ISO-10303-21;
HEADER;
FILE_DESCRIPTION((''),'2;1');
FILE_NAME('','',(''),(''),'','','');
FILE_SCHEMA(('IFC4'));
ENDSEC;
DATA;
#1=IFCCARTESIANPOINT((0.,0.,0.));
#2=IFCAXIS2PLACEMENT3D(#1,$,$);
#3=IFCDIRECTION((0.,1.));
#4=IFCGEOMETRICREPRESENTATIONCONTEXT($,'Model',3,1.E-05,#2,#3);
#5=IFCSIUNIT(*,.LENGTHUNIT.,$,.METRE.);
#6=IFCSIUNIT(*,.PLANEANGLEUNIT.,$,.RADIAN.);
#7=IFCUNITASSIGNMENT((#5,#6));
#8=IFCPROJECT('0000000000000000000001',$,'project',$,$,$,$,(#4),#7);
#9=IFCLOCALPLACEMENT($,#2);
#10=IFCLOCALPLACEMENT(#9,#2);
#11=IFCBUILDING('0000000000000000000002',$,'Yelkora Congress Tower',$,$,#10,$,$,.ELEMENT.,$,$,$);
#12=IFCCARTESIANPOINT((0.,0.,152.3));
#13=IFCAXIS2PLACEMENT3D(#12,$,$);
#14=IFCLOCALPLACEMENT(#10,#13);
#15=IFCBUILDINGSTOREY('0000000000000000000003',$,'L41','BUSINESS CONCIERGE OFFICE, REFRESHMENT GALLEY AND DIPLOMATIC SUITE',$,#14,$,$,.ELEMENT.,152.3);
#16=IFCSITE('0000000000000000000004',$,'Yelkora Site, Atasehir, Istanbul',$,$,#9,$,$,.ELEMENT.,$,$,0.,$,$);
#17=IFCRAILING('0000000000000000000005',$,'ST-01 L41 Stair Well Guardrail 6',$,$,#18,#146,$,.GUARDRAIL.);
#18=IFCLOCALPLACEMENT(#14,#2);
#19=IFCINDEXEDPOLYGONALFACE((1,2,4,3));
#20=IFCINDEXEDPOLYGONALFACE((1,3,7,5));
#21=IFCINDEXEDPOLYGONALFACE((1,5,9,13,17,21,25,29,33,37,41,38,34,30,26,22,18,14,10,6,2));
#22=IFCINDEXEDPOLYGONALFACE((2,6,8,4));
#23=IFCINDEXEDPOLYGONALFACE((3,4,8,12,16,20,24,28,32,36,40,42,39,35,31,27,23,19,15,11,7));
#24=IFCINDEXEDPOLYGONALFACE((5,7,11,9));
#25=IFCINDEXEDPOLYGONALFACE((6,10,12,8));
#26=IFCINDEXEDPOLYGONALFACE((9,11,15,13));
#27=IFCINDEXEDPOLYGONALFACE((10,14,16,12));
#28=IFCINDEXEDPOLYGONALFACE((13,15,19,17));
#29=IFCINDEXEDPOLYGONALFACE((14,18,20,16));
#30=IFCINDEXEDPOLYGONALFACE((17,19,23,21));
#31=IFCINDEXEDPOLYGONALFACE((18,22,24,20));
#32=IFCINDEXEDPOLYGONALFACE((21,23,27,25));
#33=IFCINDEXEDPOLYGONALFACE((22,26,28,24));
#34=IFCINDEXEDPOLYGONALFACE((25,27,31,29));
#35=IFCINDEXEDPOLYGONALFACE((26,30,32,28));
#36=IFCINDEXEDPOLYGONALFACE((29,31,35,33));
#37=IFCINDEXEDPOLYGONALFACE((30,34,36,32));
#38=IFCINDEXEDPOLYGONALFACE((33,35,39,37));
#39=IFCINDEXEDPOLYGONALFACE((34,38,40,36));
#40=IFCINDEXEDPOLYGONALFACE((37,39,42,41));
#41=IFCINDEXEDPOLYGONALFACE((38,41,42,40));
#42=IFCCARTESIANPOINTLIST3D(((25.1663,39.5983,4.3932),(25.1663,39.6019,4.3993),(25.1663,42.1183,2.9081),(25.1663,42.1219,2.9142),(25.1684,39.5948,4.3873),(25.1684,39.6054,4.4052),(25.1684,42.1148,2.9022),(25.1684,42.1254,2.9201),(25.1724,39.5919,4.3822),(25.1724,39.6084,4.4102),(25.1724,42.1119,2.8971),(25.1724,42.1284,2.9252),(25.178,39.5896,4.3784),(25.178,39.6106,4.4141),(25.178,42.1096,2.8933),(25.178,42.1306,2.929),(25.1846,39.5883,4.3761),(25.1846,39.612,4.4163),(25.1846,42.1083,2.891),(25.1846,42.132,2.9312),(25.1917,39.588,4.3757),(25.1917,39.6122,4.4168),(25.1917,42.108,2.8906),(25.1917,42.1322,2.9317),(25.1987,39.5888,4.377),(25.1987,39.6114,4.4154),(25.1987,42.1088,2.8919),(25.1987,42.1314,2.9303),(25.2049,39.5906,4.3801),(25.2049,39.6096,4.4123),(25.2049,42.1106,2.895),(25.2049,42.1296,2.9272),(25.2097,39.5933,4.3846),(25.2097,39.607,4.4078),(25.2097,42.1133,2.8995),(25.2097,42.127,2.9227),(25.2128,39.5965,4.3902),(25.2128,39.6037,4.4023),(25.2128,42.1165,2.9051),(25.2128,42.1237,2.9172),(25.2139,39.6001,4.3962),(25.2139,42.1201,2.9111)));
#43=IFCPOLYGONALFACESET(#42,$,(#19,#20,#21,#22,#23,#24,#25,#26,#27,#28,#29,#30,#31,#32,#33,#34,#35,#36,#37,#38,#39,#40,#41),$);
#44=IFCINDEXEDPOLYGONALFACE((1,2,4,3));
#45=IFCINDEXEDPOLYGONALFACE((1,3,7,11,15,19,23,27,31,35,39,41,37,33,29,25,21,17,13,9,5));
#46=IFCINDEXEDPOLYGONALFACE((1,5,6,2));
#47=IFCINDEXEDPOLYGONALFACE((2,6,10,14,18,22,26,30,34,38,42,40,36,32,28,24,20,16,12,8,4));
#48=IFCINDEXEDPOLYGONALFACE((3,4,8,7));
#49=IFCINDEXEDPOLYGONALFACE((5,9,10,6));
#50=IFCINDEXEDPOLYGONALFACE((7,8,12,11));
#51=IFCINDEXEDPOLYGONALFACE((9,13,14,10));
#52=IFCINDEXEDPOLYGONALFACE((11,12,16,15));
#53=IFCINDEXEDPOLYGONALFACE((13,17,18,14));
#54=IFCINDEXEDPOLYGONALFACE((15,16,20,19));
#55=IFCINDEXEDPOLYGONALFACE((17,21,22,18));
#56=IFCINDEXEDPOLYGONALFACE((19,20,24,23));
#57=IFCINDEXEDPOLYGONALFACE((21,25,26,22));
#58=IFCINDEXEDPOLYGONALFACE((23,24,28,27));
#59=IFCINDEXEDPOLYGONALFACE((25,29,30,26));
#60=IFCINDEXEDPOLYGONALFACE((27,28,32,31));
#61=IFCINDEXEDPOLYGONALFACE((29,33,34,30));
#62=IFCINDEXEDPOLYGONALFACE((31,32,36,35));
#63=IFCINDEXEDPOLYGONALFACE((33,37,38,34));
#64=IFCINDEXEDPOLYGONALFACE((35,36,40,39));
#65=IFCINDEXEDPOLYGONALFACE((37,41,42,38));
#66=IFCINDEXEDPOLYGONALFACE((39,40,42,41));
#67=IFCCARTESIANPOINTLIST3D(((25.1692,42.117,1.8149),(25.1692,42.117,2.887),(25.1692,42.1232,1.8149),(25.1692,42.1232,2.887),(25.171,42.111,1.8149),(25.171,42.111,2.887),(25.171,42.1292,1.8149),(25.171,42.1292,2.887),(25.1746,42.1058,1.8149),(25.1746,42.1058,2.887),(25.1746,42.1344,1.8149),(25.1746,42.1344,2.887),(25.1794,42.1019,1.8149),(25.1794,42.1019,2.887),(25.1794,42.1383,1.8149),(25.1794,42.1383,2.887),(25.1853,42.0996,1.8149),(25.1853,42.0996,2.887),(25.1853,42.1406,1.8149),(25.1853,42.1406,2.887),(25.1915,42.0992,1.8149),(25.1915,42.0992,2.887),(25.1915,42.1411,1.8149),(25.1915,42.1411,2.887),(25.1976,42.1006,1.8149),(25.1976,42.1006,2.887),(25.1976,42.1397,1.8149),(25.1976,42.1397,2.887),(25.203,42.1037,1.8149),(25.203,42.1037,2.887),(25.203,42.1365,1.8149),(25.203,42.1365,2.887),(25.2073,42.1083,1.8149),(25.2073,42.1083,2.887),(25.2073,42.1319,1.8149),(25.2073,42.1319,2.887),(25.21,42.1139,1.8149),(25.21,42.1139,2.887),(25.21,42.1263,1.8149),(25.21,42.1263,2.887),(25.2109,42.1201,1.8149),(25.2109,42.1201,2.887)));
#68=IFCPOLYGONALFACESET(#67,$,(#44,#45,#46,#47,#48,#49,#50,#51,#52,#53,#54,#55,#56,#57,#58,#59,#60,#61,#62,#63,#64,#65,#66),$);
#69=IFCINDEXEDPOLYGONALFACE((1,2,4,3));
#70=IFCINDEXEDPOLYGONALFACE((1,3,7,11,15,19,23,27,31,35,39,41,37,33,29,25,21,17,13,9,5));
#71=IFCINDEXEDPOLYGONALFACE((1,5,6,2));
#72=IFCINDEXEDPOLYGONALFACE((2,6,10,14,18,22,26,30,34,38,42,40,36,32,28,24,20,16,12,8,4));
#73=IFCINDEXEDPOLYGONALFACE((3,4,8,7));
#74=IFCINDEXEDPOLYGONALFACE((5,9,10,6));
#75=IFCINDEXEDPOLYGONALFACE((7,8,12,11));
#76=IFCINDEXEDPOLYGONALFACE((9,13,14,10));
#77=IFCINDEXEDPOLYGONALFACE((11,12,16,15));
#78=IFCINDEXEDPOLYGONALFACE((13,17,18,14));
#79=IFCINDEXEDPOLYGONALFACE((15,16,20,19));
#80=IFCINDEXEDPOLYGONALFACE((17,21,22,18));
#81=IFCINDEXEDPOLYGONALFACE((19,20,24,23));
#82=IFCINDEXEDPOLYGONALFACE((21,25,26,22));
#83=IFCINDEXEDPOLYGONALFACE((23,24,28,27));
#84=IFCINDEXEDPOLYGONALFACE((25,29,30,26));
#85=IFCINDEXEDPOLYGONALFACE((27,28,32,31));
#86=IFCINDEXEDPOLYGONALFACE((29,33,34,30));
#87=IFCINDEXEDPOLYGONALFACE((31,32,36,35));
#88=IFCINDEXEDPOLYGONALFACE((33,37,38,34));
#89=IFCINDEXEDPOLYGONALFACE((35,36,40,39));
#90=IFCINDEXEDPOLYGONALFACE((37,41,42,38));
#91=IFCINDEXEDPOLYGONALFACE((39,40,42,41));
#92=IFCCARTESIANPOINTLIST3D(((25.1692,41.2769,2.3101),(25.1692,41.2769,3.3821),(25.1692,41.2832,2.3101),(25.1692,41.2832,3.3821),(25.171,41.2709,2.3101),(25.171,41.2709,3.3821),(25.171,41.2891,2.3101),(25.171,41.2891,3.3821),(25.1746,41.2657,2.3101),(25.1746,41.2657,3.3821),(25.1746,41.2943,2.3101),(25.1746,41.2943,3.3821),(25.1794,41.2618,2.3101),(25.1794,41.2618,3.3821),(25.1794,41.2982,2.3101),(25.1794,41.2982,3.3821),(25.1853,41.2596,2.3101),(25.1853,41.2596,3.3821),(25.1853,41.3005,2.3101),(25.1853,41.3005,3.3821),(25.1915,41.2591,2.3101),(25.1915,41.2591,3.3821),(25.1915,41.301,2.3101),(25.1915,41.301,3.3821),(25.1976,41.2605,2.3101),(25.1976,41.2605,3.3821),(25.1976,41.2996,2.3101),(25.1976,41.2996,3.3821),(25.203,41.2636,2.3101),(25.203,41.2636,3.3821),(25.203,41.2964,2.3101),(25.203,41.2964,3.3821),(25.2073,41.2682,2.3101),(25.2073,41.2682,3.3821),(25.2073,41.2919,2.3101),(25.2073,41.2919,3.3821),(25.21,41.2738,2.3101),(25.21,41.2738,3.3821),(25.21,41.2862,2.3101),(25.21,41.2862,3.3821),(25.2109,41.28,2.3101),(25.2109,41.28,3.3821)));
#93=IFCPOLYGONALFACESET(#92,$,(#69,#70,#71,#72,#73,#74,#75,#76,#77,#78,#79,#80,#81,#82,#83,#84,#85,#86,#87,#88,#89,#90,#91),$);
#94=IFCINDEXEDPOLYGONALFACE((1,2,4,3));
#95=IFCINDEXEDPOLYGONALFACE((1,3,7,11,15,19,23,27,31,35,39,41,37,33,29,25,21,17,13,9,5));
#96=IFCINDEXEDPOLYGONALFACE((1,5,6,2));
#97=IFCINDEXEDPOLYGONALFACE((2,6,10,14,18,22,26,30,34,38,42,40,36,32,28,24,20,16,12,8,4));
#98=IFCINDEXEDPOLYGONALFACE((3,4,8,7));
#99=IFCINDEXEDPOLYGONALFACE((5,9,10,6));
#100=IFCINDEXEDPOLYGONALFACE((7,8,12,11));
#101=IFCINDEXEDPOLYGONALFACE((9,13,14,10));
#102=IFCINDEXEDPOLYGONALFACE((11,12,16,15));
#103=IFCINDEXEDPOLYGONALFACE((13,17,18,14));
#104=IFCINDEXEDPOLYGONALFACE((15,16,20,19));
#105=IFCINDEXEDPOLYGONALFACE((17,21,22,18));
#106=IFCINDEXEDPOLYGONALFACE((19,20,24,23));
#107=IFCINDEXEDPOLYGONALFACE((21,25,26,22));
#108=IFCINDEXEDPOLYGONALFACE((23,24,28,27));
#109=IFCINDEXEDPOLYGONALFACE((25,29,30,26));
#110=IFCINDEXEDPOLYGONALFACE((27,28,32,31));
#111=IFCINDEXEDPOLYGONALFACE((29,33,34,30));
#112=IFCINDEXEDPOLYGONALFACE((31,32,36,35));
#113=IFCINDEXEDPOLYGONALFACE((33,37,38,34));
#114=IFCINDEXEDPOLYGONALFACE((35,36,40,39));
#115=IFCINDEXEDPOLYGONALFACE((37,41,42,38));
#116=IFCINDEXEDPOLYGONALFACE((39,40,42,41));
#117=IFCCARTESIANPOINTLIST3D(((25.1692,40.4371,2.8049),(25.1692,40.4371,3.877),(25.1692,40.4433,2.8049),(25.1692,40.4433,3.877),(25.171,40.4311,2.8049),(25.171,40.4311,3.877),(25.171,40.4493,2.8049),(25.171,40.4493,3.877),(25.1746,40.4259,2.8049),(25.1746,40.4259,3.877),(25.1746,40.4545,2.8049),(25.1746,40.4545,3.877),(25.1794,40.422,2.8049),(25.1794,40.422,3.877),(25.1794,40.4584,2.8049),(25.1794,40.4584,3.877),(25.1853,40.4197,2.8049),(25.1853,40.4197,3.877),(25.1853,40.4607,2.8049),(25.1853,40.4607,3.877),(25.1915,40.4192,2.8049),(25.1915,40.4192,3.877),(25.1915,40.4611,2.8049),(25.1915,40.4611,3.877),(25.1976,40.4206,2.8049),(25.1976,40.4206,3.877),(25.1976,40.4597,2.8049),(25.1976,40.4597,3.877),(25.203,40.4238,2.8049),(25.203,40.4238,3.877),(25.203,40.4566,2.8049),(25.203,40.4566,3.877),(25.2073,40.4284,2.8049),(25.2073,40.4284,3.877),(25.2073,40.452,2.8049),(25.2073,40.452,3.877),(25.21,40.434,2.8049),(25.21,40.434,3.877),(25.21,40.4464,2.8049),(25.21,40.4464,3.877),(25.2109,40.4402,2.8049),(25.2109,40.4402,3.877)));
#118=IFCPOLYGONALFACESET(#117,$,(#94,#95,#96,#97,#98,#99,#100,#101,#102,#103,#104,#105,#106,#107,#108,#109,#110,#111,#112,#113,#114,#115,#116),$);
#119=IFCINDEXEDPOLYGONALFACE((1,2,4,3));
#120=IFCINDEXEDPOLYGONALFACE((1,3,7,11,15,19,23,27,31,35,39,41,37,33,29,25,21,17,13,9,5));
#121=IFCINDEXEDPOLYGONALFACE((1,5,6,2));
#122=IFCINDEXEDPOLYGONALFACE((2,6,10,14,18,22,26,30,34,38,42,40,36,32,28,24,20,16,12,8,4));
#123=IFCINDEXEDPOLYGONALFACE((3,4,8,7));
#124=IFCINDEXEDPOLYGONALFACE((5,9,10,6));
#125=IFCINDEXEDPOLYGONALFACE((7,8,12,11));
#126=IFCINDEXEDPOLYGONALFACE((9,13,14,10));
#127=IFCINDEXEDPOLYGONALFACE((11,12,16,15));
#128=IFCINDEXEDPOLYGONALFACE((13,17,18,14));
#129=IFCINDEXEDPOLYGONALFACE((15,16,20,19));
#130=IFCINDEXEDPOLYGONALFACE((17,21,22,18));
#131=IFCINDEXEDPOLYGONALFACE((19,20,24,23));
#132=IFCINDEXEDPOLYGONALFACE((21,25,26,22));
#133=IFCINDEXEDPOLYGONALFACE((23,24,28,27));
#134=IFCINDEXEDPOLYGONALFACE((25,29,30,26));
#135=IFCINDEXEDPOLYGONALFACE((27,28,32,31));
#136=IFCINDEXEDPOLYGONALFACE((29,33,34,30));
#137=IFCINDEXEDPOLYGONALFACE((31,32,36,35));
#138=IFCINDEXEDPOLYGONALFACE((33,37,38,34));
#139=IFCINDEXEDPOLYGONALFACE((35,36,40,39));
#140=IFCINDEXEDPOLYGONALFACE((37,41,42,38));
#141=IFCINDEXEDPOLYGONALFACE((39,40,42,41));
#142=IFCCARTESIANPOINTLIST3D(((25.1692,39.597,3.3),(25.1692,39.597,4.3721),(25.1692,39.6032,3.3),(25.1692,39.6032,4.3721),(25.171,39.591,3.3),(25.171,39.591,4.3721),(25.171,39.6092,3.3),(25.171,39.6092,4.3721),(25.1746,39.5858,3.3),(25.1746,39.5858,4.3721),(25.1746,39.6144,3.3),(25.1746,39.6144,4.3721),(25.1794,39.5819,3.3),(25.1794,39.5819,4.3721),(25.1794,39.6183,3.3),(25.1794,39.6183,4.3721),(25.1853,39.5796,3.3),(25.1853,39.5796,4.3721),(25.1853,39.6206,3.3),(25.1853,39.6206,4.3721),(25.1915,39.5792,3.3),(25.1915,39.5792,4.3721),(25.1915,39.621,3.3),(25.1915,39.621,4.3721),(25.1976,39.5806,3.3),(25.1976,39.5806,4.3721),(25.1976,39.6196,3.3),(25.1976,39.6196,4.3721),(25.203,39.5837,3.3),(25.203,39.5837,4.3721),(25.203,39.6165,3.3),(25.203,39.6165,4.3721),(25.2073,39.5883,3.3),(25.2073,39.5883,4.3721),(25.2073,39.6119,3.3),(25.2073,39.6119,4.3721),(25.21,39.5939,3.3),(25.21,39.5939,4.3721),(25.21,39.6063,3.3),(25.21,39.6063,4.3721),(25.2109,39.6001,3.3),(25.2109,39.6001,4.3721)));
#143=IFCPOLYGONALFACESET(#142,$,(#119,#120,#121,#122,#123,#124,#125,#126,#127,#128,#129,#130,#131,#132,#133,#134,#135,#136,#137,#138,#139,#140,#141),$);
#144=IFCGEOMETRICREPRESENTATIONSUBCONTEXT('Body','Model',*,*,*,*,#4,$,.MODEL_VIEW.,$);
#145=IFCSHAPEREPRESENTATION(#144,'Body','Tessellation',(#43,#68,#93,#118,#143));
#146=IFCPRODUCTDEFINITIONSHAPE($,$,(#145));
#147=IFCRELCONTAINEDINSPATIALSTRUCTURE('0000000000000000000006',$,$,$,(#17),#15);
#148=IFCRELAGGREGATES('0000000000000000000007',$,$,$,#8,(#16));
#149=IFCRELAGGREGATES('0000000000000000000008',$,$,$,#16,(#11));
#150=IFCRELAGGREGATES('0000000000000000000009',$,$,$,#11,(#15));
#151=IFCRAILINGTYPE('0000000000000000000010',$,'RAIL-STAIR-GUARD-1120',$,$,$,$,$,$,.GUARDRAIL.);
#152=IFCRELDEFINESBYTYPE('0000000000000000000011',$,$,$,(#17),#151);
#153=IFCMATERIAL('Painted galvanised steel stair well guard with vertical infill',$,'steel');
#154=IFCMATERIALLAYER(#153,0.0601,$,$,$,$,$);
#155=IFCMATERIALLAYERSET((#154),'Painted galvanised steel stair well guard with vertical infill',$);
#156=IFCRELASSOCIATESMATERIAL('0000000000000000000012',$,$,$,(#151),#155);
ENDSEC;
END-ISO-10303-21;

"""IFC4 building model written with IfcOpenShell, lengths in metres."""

from ifc_helpers import new_model, si_unit, direction, frame, origin, origin_2d, place, context, subcontext, project, spatial, circle, extrude, material, layer, layer_set, type_object, element, save


model = new_model("IFC4")

# Units and contexts
model_context = context("Model", 3, precision=1e-05, world=origin(), true_north=direction((0.0, 1.0)))
body_context = subcontext(model_context, "Body", "Model", "MODEL_VIEW")
ifc_project = project(units=[si_unit("LENGTHUNIT", "METRE"), si_unit("PLANEANGLEUNIT", "RADIAN")], contexts=[model_context])

# Site, building, storey
site_placement = place(None, origin())
site = spatial("IfcSite", under=ifc_project, at=site_placement, Name="Yelkora Site, Atasehir, Istanbul", CompositionType="ELEMENT", RefElevation=0.0)
building_placement = place(site_placement, origin())
building = spatial("IfcBuilding", under=site, at=building_placement, Name="Yelkora Congress Tower", CompositionType="ELEMENT")
storey_placement = place(building_placement, frame((0.0, 0.0, 152.3)))
storey = spatial("IfcBuildingStorey", under=building, at=storey_placement, Name="L41", Description="BUSINESS CONCIERGE OFFICE, REFRESHMENT GALLEY AND DIPLOMATIC SUITE", CompositionType="ELEMENT", Elevation=152.3)

# Railing
ifc_material_1 = material(Name="Painted galvanised steel stair well guard with vertical infill", Category="steel")
ifc_layer_1 = layer(ifc_material_1, 0.0601)
ifc_layer_set_1 = layer_set([ifc_layer_1], Name="Painted galvanised steel stair well guard with vertical infill")
railing_type_1 = type_object("IfcRailingType", Name="RAIL-STAIR-GUARD-1120", PredefinedType="GUARDRAIL", material=ifc_layer_set_1)
railing_1_placement = place(storey_placement, frame((25.1899, 42.1201, 1.8149)))
element("IfcRailing", 1, at=railing_1_placement, inside=storey, type_object=railing_type_1, Name="ST-01 L41 Stair Well Guardrail 6", PredefinedType="GUARDRAIL", context=body_context, shape_type="SweptSolid", body=[
    extrude(circle(Radius=0.0239, at=origin_2d()), frame((0.0, 0.0, 1.0962), z_axis=(0.0, -0.861524, 0.507717), x_axis=(1.0, 0.0, 0.0)), (0.0, 0.0, 1.0), 2.925),
    extrude(circle(Radius=0.021, at=origin_2d()), origin(), (0.0, 0.0, 1.0), 1.072),
    extrude(circle(Radius=0.021, at=origin_2d()), frame((0.0, -0.8401, 0.4951)), (0.0, 0.0, 1.0), 1.072),
    extrude(circle(Radius=0.021, at=origin_2d()), frame((0.0, -1.6799, 0.99)), (0.0, 0.0, 1.0), 1.072),
    extrude(circle(Radius=0.021, at=origin_2d()), frame((0.0, -2.52, 1.4851)), (0.0, 0.0, 1.0), 1.072),
])

save(model, "model.ifc")
